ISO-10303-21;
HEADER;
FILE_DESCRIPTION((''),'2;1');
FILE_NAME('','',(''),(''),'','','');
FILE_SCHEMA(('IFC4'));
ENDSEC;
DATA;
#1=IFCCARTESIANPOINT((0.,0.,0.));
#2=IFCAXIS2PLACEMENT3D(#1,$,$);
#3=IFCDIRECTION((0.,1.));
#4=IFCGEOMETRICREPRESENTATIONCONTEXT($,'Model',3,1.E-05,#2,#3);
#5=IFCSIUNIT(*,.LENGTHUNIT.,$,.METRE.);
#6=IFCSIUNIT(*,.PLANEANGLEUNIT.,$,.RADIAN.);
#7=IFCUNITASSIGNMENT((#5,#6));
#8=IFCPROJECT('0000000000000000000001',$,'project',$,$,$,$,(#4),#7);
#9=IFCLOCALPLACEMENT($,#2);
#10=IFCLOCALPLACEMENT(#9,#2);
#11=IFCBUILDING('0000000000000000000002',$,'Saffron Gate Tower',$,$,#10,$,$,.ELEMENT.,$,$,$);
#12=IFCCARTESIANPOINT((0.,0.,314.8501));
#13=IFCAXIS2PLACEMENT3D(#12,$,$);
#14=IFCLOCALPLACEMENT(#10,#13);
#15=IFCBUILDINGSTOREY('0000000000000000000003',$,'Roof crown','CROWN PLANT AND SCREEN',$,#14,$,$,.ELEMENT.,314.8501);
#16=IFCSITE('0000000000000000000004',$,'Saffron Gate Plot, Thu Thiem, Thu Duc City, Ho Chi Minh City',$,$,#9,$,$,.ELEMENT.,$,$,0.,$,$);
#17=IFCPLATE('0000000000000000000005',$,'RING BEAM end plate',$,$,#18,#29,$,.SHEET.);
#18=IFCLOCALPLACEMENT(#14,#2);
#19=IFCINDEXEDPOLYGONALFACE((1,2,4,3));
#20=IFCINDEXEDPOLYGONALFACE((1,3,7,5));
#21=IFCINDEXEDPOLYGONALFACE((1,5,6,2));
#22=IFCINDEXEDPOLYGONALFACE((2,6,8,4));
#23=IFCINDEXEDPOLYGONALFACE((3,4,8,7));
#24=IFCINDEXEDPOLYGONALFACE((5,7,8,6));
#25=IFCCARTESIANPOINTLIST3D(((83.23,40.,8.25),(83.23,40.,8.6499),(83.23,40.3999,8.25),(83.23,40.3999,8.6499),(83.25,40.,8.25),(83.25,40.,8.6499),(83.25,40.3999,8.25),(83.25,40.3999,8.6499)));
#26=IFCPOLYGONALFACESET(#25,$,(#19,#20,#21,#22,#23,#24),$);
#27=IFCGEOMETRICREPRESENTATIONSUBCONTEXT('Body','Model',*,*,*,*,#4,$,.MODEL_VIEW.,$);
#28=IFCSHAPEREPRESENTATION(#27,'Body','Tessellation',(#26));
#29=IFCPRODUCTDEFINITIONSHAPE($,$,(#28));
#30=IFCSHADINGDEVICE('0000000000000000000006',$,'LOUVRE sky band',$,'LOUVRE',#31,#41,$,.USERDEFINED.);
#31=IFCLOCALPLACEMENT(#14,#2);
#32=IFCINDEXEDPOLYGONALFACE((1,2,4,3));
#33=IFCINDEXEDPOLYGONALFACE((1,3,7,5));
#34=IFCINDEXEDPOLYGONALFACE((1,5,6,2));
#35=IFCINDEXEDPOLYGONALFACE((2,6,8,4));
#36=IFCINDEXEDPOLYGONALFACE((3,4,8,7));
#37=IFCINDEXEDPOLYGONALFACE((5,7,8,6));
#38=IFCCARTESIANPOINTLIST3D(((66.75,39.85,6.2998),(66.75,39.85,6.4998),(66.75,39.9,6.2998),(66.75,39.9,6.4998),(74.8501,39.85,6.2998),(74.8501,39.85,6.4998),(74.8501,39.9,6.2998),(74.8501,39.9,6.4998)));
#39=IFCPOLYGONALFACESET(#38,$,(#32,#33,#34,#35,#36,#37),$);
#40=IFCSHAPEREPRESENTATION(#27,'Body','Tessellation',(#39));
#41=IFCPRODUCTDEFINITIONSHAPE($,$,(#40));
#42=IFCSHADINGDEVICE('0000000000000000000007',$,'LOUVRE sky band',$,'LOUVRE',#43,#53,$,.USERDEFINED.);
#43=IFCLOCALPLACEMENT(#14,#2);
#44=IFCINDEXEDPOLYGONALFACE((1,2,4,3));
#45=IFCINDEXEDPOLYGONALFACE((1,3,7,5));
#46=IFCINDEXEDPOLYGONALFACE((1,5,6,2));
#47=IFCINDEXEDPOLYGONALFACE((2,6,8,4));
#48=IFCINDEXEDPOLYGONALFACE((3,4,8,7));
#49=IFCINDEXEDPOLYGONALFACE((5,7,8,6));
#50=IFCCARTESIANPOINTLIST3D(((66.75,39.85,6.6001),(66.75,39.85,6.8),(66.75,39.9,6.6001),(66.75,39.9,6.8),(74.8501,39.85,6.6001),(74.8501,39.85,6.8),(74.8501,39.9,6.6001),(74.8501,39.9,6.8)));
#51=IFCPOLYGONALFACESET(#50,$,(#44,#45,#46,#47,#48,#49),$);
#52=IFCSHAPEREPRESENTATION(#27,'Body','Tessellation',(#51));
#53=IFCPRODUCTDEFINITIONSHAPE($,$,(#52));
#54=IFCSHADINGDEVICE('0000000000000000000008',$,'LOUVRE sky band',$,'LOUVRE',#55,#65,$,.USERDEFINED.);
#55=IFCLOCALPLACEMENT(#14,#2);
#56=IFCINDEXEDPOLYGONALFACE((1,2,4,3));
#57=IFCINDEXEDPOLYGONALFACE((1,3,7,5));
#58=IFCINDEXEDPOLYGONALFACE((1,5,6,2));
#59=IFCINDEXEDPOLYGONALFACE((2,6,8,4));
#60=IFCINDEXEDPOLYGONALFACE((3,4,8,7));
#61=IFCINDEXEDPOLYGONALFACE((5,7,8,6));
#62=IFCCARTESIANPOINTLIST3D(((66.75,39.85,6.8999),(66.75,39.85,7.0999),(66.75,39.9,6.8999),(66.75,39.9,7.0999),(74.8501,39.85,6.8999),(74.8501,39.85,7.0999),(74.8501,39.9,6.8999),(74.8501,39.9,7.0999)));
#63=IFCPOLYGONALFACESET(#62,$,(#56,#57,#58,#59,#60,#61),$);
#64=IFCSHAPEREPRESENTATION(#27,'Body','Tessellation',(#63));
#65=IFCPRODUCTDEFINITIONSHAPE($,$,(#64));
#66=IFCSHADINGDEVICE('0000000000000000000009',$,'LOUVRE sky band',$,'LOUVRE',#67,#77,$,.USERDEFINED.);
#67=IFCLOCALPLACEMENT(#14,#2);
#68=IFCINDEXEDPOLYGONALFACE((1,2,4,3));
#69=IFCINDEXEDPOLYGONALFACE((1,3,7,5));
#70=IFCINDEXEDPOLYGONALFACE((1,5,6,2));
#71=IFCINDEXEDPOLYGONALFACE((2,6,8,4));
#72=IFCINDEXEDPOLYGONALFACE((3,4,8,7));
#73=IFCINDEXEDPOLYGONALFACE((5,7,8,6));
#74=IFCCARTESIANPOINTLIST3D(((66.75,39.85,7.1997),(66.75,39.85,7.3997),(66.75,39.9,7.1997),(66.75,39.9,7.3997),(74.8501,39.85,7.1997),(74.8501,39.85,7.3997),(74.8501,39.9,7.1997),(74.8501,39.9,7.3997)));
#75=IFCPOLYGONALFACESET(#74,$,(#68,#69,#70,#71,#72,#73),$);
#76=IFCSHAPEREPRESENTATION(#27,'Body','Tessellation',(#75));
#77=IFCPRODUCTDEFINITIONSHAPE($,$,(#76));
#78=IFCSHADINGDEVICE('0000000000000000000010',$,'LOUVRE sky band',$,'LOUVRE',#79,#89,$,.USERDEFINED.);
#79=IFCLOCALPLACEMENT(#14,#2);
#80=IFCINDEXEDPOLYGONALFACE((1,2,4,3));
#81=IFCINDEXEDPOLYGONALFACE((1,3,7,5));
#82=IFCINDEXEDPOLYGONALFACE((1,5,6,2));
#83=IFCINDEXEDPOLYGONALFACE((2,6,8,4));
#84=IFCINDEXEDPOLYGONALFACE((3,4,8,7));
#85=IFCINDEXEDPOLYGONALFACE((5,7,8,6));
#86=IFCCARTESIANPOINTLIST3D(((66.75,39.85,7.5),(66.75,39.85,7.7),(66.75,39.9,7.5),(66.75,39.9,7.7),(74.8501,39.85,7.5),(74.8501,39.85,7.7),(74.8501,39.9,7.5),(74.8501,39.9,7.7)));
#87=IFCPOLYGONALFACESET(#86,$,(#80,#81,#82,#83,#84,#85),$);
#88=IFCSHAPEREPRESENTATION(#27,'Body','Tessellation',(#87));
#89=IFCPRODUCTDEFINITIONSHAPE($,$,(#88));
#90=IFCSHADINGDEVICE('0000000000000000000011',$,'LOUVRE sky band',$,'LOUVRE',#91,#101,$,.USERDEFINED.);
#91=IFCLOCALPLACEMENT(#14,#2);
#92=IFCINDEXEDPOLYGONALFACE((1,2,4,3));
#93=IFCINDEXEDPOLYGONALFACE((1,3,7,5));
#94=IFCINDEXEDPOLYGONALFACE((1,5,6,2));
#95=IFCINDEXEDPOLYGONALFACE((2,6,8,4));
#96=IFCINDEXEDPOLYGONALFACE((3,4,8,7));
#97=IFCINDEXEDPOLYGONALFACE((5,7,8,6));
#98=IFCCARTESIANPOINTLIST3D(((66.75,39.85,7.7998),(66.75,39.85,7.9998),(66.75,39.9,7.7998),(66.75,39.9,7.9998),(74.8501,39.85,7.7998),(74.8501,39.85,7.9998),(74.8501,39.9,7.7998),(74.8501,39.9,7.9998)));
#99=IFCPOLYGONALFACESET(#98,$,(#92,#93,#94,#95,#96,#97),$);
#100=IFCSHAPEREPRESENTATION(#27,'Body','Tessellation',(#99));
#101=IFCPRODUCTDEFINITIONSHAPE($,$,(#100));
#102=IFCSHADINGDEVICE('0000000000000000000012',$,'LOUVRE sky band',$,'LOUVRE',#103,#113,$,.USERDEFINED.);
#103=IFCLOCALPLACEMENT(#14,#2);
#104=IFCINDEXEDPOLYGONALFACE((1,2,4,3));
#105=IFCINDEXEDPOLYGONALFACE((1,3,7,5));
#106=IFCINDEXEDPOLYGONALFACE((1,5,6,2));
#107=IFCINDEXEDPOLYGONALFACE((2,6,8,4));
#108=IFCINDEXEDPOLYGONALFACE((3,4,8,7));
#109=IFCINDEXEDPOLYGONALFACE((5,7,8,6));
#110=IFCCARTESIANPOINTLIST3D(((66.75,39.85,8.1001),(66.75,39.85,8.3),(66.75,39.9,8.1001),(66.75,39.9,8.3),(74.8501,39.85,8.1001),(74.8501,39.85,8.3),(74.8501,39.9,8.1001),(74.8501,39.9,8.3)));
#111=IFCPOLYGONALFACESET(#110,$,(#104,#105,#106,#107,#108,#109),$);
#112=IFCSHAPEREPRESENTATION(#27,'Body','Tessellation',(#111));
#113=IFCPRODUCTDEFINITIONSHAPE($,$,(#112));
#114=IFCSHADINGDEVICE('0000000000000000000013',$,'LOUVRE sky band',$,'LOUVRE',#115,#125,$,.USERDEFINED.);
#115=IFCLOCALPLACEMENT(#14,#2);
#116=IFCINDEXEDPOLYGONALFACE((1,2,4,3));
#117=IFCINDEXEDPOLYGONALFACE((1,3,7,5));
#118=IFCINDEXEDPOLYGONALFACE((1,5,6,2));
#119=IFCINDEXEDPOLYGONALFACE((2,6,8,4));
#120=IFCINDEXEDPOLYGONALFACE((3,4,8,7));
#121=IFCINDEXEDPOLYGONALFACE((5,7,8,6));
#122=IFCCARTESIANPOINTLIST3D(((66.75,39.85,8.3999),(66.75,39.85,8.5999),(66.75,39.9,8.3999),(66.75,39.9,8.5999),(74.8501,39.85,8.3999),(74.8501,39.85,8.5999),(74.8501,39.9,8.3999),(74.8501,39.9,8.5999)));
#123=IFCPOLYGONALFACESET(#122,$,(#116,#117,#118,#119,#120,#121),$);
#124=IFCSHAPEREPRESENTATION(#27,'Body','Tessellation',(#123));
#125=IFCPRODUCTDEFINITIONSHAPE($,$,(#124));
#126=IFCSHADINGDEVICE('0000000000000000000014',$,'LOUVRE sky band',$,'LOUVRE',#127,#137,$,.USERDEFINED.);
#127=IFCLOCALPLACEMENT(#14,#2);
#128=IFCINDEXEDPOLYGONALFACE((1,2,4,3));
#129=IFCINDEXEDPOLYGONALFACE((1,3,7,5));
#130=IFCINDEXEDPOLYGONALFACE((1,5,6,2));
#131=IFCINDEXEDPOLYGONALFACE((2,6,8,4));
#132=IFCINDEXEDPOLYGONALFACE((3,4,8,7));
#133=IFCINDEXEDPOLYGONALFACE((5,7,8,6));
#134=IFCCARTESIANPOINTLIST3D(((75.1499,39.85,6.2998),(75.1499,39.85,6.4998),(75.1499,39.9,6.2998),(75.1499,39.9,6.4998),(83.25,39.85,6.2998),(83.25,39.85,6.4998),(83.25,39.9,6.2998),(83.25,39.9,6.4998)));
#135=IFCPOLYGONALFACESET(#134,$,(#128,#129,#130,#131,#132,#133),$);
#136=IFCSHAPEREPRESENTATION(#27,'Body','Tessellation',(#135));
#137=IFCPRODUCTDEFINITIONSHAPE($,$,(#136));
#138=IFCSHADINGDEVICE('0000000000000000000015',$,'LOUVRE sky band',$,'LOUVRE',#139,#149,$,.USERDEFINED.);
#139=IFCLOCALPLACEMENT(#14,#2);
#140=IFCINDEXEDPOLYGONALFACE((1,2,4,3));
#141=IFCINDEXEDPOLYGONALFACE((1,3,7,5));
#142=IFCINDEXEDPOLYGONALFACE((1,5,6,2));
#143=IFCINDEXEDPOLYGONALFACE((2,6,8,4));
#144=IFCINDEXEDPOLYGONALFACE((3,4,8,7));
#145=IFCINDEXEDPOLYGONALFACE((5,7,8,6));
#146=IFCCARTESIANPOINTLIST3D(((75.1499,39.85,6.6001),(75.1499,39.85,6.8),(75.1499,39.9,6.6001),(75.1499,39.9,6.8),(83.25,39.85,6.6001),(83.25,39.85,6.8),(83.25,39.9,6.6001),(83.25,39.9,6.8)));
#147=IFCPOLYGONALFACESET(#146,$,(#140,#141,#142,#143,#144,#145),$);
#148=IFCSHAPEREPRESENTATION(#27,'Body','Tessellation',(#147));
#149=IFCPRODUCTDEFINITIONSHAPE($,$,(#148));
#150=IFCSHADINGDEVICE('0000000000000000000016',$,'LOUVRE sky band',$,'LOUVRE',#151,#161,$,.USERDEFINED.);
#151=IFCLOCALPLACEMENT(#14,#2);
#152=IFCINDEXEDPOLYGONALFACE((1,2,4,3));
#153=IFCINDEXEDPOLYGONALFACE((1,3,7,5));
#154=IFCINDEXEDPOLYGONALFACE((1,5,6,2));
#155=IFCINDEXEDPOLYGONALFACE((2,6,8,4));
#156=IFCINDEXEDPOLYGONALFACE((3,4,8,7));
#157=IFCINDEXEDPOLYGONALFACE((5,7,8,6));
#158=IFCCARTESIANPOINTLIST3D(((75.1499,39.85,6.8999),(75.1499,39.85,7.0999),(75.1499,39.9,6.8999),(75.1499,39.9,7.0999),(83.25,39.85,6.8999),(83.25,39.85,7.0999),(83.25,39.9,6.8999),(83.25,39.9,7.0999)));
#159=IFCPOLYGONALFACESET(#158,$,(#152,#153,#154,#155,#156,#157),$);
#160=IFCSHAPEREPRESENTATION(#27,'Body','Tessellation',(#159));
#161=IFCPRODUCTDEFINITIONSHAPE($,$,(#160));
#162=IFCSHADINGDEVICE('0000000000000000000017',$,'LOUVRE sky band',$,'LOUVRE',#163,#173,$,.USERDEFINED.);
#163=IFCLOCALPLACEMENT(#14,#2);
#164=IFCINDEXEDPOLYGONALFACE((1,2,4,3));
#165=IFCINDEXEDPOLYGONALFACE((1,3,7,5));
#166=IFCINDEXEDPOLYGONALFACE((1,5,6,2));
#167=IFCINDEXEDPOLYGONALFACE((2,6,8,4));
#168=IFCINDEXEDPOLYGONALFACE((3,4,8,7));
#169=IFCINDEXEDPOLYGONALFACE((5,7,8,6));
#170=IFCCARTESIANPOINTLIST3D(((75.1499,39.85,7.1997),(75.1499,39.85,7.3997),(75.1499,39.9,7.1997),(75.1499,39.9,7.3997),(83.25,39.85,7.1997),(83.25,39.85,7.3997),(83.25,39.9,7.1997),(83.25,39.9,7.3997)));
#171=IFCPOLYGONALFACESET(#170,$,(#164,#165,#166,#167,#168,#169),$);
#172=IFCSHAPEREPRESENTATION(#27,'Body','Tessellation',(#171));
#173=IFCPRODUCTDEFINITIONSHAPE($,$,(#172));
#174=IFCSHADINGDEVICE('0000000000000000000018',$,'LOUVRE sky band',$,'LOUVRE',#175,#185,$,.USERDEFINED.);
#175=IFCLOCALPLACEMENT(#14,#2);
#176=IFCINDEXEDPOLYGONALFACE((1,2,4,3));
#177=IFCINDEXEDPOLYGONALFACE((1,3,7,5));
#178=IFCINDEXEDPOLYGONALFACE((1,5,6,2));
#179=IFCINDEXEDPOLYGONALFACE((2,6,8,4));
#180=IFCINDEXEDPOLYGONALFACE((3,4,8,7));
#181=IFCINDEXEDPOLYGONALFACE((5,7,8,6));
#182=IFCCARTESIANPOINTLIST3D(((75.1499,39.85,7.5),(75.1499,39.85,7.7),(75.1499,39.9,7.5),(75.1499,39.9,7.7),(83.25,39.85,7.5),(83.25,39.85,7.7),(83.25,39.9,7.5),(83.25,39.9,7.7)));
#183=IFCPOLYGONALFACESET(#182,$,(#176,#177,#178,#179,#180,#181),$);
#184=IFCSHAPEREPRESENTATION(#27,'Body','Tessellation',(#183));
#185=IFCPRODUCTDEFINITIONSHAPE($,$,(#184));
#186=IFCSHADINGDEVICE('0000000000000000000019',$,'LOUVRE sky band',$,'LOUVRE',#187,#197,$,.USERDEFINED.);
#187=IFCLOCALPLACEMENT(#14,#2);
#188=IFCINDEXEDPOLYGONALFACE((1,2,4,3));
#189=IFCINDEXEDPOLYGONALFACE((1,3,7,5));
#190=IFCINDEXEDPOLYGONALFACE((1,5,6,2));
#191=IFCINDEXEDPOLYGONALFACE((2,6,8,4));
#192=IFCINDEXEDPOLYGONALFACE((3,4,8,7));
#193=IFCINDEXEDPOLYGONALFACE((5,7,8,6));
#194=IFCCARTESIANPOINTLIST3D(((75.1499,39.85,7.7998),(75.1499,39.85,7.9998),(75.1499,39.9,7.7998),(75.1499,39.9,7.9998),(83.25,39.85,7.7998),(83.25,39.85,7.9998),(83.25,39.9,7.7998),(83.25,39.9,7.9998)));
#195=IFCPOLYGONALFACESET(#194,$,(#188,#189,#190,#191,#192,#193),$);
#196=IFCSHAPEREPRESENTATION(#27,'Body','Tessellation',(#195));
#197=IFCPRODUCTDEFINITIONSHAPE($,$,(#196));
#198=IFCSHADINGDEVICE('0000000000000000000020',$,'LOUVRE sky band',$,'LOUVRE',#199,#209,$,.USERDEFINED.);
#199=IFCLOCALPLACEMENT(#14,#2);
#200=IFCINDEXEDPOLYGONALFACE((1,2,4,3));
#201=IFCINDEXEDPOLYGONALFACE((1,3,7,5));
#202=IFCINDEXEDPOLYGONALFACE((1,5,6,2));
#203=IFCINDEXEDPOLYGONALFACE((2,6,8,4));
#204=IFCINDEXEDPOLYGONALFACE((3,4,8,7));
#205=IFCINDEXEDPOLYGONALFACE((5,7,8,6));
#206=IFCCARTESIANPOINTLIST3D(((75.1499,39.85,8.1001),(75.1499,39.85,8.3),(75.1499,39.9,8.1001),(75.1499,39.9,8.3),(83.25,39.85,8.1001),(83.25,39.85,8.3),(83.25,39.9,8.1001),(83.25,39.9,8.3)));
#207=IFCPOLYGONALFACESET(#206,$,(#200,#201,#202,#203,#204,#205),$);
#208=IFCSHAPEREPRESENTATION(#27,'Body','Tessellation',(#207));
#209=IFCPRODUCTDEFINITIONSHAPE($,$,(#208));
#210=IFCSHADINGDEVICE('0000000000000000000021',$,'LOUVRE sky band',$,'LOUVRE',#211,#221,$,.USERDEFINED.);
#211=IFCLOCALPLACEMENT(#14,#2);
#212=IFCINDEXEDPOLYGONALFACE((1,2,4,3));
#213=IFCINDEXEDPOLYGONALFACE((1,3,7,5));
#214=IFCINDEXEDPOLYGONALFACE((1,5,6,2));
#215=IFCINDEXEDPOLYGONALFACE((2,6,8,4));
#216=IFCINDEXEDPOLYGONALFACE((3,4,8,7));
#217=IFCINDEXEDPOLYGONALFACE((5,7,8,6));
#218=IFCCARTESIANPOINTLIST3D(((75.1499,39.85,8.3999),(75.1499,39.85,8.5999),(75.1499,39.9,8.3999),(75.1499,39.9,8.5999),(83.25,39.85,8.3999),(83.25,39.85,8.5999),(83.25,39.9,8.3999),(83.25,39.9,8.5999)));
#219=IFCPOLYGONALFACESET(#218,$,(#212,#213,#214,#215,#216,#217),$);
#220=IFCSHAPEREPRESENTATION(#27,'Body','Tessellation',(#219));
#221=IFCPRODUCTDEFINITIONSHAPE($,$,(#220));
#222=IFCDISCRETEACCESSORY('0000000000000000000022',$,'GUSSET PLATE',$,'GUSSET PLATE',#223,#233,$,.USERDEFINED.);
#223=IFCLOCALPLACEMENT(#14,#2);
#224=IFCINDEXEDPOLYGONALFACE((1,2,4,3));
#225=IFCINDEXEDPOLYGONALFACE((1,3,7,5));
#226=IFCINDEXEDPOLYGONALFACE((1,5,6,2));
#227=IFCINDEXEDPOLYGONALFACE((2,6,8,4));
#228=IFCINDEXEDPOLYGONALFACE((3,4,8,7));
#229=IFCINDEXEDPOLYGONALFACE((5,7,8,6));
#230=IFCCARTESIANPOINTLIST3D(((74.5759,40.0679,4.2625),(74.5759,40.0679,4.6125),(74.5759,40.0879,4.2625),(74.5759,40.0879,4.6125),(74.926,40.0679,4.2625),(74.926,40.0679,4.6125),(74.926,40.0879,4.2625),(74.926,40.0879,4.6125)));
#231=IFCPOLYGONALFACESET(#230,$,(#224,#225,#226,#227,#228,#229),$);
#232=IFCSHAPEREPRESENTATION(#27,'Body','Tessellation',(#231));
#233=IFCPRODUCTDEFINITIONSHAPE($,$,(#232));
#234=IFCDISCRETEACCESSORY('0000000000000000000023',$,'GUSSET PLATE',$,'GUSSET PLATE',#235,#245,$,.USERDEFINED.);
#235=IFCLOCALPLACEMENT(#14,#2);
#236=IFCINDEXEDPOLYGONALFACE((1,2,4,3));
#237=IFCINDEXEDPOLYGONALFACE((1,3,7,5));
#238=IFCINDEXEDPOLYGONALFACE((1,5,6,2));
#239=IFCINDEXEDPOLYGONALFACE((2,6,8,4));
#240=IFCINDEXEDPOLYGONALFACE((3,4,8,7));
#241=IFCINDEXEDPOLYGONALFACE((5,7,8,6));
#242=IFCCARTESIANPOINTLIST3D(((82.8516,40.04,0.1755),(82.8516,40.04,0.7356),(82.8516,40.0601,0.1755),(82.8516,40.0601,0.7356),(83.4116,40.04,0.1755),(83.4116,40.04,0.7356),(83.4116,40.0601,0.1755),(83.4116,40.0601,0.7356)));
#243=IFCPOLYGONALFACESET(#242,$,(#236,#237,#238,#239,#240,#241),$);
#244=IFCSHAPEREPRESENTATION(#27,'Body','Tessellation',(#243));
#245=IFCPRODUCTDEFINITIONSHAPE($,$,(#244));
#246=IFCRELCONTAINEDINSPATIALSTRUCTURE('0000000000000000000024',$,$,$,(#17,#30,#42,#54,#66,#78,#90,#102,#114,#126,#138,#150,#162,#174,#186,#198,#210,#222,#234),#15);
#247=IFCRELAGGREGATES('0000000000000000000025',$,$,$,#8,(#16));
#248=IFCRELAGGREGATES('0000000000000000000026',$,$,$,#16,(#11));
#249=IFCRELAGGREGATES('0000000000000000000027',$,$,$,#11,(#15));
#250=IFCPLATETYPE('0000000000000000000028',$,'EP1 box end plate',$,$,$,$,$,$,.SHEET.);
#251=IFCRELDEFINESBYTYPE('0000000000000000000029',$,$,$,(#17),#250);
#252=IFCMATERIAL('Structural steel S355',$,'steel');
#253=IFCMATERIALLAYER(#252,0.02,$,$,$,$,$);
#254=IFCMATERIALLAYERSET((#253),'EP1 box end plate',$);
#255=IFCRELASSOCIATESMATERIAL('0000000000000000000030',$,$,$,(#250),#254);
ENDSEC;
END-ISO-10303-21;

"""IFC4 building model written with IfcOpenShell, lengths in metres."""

from ifc_helpers import new_model, si_unit, direction, frame, origin, origin_2d, place, context, subcontext, project, spatial, rectangle, extrude, material, layer, layer_set, type_object, element, save


model = new_model("IFC4")

# Units and contexts
model_context = context("Model", 3, precision=1e-05, world=origin(), true_north=direction((0.0, 1.0)))
body_context = subcontext(model_context, "Body", "Model", "MODEL_VIEW")
ifc_project = project(units=[si_unit("LENGTHUNIT", "METRE"), si_unit("PLANEANGLEUNIT", "RADIAN")], contexts=[model_context])

# Site, building, storey
site_placement = place(None, origin())
site = spatial("IfcSite", under=ifc_project, at=site_placement, Name="Saffron Gate Plot, Thu Thiem, Thu Duc City, Ho Chi Minh City", CompositionType="ELEMENT", RefElevation=0.0)
building_placement = place(site_placement, origin())
building = spatial("IfcBuilding", under=site, at=building_placement, Name="Saffron Gate Tower", CompositionType="ELEMENT")
storey_placement = place(building_placement, frame((0.0, 0.0, 314.8501)))
storey = spatial("IfcBuildingStorey", under=building, at=storey_placement, Name="Roof crown", Description="CROWN PLANT AND SCREEN", CompositionType="ELEMENT", Elevation=314.8501)

# Shared definitions
ifc_material_1 = material(Name="Structural steel S355", Category="steel")

# Plate
ifc_layer_1 = layer(ifc_material_1, 0.02)
ifc_layer_set_1 = layer_set([ifc_layer_1], Name="EP1 box end plate")
plate_type_1 = type_object("IfcPlateType", Name="EP1 box end plate", PredefinedType="SHEET", material=ifc_layer_set_1)
for number, where, z_axis, x_axis, name in (
    (1, (83.24, 40.2, 8.25), (0.0, 0.0, 1.0), (1.0, 0.0, 0.0), "RING BEAM end plate"),
):
    element("IfcPlate", number, at=place(storey_placement, frame(where, z_axis=z_axis, x_axis=x_axis)), inside=storey, type_object=plate_type_1, Name=name, PredefinedType="SHEET", context=body_context, shape_type="SweptSolid", body=[
        extrude(rectangle(XDim=0.02, YDim=0.3999, at=origin_2d()), origin(), (0.0, 0.0, 1.0), 0.3999),
    ])

# Shading devices
for number, where, z_axis, x_axis, name in (
    (2, (70.8, 39.875, 6.2998), (0.0, 0.0, 1.0), (1.0, 0.0, 0.0), "LOUVRE sky band"),
    (3, (70.8, 39.875, 6.6001), (0.0, 0.0, 1.0), (1.0, 0.0, 0.0), "LOUVRE sky band"),
    (4, (70.8, 39.875, 6.8999), (0.0, 0.0, 1.0), (1.0, 0.0, 0.0), "LOUVRE sky band"),
    (5, (70.8, 39.875, 7.1997), (0.0, 0.0, 1.0), (1.0, 0.0, 0.0), "LOUVRE sky band"),
    (6, (70.8, 39.875, 7.5), (0.0, 0.0, 1.0), (1.0, 0.0, 0.0), "LOUVRE sky band"),
    (7, (70.8, 39.875, 7.7998), (0.0, 0.0, 1.0), (1.0, 0.0, 0.0), "LOUVRE sky band"),
    (8, (70.8, 39.875, 8.1001), (0.0, 0.0, 1.0), (1.0, 0.0, 0.0), "LOUVRE sky band"),
    (9, (70.8, 39.875, 8.3999), (0.0, 0.0, 1.0), (1.0, 0.0, 0.0), "LOUVRE sky band"),
    (10, (79.2, 39.875, 6.2998), (0.0, 0.0, 1.0), (1.0, 0.0, 0.0), "LOUVRE sky band"),
    (11, (79.2, 39.875, 6.6001), (0.0, 0.0, 1.0), (1.0, 0.0, 0.0), "LOUVRE sky band"),
    (12, (79.2, 39.875, 6.8999), (0.0, 0.0, 1.0), (1.0, 0.0, 0.0), "LOUVRE sky band"),
    (13, (79.2, 39.875, 7.1997), (0.0, 0.0, 1.0), (1.0, 0.0, 0.0), "LOUVRE sky band"),
    (14, (79.2, 39.875, 7.5), (0.0, 0.0, 1.0), (1.0, 0.0, 0.0), "LOUVRE sky band"),
    (15, (79.2, 39.875, 7.7998), (0.0, 0.0, 1.0), (1.0, 0.0, 0.0), "LOUVRE sky band"),
    (16, (79.2, 39.875, 8.1001), (0.0, 0.0, 1.0), (1.0, 0.0, 0.0), "LOUVRE sky band"),
    (17, (79.2, 39.875, 8.3999), (0.0, 0.0, 1.0), (1.0, 0.0, 0.0), "LOUVRE sky band"),
):
    element("IfcShadingDevice", number, at=place(storey_placement, frame(where, z_axis=z_axis, x_axis=x_axis)), inside=storey, Name=name, ObjectType="LOUVRE", PredefinedType="USERDEFINED", context=body_context, shape_type="SweptSolid", body=[
        extrude(rectangle(XDim=8.1001, YDim=0.05, at=origin_2d()), origin(), (0.0, 0.0, 1.0), 0.2),
    ])

# Discrete accessories
discrete_accessory_1_placement = place(storey_placement, frame((74.751, 40.0779, 4.2625), z_axis=(0.0, 0.0, 1.0), x_axis=(-1.0, 0.0, 0.0)))
element("IfcDiscreteAccessory", 18, at=discrete_accessory_1_placement, inside=storey, Name="GUSSET PLATE", ObjectType="GUSSET PLATE", PredefinedType="USERDEFINED", context=body_context, shape_type="SweptSolid", body=[
    extrude(rectangle(XDim=0.3501, YDim=0.02, at=origin_2d()), origin(), (0.0, 0.0, 1.0), 0.3501),
])
for number, where, z_axis, x_axis, name in (
    (19, (83.1316, 40.05, 0.1755), (0.0, 0.0, 1.0), (-1.0, 0.0, 0.0), "GUSSET PLATE"),
):
    element("IfcDiscreteAccessory", number, at=place(storey_placement, frame(where, z_axis=z_axis, x_axis=x_axis)), inside=storey, Name=name, ObjectType="GUSSET PLATE", PredefinedType="USERDEFINED", context=body_context, shape_type="SweptSolid", body=[
        extrude(rectangle(XDim=0.5601, YDim=0.02, at=origin_2d()), origin(), (0.0, 0.0, 1.0), 0.5601),
    ])

save(model, "model.ifc")
